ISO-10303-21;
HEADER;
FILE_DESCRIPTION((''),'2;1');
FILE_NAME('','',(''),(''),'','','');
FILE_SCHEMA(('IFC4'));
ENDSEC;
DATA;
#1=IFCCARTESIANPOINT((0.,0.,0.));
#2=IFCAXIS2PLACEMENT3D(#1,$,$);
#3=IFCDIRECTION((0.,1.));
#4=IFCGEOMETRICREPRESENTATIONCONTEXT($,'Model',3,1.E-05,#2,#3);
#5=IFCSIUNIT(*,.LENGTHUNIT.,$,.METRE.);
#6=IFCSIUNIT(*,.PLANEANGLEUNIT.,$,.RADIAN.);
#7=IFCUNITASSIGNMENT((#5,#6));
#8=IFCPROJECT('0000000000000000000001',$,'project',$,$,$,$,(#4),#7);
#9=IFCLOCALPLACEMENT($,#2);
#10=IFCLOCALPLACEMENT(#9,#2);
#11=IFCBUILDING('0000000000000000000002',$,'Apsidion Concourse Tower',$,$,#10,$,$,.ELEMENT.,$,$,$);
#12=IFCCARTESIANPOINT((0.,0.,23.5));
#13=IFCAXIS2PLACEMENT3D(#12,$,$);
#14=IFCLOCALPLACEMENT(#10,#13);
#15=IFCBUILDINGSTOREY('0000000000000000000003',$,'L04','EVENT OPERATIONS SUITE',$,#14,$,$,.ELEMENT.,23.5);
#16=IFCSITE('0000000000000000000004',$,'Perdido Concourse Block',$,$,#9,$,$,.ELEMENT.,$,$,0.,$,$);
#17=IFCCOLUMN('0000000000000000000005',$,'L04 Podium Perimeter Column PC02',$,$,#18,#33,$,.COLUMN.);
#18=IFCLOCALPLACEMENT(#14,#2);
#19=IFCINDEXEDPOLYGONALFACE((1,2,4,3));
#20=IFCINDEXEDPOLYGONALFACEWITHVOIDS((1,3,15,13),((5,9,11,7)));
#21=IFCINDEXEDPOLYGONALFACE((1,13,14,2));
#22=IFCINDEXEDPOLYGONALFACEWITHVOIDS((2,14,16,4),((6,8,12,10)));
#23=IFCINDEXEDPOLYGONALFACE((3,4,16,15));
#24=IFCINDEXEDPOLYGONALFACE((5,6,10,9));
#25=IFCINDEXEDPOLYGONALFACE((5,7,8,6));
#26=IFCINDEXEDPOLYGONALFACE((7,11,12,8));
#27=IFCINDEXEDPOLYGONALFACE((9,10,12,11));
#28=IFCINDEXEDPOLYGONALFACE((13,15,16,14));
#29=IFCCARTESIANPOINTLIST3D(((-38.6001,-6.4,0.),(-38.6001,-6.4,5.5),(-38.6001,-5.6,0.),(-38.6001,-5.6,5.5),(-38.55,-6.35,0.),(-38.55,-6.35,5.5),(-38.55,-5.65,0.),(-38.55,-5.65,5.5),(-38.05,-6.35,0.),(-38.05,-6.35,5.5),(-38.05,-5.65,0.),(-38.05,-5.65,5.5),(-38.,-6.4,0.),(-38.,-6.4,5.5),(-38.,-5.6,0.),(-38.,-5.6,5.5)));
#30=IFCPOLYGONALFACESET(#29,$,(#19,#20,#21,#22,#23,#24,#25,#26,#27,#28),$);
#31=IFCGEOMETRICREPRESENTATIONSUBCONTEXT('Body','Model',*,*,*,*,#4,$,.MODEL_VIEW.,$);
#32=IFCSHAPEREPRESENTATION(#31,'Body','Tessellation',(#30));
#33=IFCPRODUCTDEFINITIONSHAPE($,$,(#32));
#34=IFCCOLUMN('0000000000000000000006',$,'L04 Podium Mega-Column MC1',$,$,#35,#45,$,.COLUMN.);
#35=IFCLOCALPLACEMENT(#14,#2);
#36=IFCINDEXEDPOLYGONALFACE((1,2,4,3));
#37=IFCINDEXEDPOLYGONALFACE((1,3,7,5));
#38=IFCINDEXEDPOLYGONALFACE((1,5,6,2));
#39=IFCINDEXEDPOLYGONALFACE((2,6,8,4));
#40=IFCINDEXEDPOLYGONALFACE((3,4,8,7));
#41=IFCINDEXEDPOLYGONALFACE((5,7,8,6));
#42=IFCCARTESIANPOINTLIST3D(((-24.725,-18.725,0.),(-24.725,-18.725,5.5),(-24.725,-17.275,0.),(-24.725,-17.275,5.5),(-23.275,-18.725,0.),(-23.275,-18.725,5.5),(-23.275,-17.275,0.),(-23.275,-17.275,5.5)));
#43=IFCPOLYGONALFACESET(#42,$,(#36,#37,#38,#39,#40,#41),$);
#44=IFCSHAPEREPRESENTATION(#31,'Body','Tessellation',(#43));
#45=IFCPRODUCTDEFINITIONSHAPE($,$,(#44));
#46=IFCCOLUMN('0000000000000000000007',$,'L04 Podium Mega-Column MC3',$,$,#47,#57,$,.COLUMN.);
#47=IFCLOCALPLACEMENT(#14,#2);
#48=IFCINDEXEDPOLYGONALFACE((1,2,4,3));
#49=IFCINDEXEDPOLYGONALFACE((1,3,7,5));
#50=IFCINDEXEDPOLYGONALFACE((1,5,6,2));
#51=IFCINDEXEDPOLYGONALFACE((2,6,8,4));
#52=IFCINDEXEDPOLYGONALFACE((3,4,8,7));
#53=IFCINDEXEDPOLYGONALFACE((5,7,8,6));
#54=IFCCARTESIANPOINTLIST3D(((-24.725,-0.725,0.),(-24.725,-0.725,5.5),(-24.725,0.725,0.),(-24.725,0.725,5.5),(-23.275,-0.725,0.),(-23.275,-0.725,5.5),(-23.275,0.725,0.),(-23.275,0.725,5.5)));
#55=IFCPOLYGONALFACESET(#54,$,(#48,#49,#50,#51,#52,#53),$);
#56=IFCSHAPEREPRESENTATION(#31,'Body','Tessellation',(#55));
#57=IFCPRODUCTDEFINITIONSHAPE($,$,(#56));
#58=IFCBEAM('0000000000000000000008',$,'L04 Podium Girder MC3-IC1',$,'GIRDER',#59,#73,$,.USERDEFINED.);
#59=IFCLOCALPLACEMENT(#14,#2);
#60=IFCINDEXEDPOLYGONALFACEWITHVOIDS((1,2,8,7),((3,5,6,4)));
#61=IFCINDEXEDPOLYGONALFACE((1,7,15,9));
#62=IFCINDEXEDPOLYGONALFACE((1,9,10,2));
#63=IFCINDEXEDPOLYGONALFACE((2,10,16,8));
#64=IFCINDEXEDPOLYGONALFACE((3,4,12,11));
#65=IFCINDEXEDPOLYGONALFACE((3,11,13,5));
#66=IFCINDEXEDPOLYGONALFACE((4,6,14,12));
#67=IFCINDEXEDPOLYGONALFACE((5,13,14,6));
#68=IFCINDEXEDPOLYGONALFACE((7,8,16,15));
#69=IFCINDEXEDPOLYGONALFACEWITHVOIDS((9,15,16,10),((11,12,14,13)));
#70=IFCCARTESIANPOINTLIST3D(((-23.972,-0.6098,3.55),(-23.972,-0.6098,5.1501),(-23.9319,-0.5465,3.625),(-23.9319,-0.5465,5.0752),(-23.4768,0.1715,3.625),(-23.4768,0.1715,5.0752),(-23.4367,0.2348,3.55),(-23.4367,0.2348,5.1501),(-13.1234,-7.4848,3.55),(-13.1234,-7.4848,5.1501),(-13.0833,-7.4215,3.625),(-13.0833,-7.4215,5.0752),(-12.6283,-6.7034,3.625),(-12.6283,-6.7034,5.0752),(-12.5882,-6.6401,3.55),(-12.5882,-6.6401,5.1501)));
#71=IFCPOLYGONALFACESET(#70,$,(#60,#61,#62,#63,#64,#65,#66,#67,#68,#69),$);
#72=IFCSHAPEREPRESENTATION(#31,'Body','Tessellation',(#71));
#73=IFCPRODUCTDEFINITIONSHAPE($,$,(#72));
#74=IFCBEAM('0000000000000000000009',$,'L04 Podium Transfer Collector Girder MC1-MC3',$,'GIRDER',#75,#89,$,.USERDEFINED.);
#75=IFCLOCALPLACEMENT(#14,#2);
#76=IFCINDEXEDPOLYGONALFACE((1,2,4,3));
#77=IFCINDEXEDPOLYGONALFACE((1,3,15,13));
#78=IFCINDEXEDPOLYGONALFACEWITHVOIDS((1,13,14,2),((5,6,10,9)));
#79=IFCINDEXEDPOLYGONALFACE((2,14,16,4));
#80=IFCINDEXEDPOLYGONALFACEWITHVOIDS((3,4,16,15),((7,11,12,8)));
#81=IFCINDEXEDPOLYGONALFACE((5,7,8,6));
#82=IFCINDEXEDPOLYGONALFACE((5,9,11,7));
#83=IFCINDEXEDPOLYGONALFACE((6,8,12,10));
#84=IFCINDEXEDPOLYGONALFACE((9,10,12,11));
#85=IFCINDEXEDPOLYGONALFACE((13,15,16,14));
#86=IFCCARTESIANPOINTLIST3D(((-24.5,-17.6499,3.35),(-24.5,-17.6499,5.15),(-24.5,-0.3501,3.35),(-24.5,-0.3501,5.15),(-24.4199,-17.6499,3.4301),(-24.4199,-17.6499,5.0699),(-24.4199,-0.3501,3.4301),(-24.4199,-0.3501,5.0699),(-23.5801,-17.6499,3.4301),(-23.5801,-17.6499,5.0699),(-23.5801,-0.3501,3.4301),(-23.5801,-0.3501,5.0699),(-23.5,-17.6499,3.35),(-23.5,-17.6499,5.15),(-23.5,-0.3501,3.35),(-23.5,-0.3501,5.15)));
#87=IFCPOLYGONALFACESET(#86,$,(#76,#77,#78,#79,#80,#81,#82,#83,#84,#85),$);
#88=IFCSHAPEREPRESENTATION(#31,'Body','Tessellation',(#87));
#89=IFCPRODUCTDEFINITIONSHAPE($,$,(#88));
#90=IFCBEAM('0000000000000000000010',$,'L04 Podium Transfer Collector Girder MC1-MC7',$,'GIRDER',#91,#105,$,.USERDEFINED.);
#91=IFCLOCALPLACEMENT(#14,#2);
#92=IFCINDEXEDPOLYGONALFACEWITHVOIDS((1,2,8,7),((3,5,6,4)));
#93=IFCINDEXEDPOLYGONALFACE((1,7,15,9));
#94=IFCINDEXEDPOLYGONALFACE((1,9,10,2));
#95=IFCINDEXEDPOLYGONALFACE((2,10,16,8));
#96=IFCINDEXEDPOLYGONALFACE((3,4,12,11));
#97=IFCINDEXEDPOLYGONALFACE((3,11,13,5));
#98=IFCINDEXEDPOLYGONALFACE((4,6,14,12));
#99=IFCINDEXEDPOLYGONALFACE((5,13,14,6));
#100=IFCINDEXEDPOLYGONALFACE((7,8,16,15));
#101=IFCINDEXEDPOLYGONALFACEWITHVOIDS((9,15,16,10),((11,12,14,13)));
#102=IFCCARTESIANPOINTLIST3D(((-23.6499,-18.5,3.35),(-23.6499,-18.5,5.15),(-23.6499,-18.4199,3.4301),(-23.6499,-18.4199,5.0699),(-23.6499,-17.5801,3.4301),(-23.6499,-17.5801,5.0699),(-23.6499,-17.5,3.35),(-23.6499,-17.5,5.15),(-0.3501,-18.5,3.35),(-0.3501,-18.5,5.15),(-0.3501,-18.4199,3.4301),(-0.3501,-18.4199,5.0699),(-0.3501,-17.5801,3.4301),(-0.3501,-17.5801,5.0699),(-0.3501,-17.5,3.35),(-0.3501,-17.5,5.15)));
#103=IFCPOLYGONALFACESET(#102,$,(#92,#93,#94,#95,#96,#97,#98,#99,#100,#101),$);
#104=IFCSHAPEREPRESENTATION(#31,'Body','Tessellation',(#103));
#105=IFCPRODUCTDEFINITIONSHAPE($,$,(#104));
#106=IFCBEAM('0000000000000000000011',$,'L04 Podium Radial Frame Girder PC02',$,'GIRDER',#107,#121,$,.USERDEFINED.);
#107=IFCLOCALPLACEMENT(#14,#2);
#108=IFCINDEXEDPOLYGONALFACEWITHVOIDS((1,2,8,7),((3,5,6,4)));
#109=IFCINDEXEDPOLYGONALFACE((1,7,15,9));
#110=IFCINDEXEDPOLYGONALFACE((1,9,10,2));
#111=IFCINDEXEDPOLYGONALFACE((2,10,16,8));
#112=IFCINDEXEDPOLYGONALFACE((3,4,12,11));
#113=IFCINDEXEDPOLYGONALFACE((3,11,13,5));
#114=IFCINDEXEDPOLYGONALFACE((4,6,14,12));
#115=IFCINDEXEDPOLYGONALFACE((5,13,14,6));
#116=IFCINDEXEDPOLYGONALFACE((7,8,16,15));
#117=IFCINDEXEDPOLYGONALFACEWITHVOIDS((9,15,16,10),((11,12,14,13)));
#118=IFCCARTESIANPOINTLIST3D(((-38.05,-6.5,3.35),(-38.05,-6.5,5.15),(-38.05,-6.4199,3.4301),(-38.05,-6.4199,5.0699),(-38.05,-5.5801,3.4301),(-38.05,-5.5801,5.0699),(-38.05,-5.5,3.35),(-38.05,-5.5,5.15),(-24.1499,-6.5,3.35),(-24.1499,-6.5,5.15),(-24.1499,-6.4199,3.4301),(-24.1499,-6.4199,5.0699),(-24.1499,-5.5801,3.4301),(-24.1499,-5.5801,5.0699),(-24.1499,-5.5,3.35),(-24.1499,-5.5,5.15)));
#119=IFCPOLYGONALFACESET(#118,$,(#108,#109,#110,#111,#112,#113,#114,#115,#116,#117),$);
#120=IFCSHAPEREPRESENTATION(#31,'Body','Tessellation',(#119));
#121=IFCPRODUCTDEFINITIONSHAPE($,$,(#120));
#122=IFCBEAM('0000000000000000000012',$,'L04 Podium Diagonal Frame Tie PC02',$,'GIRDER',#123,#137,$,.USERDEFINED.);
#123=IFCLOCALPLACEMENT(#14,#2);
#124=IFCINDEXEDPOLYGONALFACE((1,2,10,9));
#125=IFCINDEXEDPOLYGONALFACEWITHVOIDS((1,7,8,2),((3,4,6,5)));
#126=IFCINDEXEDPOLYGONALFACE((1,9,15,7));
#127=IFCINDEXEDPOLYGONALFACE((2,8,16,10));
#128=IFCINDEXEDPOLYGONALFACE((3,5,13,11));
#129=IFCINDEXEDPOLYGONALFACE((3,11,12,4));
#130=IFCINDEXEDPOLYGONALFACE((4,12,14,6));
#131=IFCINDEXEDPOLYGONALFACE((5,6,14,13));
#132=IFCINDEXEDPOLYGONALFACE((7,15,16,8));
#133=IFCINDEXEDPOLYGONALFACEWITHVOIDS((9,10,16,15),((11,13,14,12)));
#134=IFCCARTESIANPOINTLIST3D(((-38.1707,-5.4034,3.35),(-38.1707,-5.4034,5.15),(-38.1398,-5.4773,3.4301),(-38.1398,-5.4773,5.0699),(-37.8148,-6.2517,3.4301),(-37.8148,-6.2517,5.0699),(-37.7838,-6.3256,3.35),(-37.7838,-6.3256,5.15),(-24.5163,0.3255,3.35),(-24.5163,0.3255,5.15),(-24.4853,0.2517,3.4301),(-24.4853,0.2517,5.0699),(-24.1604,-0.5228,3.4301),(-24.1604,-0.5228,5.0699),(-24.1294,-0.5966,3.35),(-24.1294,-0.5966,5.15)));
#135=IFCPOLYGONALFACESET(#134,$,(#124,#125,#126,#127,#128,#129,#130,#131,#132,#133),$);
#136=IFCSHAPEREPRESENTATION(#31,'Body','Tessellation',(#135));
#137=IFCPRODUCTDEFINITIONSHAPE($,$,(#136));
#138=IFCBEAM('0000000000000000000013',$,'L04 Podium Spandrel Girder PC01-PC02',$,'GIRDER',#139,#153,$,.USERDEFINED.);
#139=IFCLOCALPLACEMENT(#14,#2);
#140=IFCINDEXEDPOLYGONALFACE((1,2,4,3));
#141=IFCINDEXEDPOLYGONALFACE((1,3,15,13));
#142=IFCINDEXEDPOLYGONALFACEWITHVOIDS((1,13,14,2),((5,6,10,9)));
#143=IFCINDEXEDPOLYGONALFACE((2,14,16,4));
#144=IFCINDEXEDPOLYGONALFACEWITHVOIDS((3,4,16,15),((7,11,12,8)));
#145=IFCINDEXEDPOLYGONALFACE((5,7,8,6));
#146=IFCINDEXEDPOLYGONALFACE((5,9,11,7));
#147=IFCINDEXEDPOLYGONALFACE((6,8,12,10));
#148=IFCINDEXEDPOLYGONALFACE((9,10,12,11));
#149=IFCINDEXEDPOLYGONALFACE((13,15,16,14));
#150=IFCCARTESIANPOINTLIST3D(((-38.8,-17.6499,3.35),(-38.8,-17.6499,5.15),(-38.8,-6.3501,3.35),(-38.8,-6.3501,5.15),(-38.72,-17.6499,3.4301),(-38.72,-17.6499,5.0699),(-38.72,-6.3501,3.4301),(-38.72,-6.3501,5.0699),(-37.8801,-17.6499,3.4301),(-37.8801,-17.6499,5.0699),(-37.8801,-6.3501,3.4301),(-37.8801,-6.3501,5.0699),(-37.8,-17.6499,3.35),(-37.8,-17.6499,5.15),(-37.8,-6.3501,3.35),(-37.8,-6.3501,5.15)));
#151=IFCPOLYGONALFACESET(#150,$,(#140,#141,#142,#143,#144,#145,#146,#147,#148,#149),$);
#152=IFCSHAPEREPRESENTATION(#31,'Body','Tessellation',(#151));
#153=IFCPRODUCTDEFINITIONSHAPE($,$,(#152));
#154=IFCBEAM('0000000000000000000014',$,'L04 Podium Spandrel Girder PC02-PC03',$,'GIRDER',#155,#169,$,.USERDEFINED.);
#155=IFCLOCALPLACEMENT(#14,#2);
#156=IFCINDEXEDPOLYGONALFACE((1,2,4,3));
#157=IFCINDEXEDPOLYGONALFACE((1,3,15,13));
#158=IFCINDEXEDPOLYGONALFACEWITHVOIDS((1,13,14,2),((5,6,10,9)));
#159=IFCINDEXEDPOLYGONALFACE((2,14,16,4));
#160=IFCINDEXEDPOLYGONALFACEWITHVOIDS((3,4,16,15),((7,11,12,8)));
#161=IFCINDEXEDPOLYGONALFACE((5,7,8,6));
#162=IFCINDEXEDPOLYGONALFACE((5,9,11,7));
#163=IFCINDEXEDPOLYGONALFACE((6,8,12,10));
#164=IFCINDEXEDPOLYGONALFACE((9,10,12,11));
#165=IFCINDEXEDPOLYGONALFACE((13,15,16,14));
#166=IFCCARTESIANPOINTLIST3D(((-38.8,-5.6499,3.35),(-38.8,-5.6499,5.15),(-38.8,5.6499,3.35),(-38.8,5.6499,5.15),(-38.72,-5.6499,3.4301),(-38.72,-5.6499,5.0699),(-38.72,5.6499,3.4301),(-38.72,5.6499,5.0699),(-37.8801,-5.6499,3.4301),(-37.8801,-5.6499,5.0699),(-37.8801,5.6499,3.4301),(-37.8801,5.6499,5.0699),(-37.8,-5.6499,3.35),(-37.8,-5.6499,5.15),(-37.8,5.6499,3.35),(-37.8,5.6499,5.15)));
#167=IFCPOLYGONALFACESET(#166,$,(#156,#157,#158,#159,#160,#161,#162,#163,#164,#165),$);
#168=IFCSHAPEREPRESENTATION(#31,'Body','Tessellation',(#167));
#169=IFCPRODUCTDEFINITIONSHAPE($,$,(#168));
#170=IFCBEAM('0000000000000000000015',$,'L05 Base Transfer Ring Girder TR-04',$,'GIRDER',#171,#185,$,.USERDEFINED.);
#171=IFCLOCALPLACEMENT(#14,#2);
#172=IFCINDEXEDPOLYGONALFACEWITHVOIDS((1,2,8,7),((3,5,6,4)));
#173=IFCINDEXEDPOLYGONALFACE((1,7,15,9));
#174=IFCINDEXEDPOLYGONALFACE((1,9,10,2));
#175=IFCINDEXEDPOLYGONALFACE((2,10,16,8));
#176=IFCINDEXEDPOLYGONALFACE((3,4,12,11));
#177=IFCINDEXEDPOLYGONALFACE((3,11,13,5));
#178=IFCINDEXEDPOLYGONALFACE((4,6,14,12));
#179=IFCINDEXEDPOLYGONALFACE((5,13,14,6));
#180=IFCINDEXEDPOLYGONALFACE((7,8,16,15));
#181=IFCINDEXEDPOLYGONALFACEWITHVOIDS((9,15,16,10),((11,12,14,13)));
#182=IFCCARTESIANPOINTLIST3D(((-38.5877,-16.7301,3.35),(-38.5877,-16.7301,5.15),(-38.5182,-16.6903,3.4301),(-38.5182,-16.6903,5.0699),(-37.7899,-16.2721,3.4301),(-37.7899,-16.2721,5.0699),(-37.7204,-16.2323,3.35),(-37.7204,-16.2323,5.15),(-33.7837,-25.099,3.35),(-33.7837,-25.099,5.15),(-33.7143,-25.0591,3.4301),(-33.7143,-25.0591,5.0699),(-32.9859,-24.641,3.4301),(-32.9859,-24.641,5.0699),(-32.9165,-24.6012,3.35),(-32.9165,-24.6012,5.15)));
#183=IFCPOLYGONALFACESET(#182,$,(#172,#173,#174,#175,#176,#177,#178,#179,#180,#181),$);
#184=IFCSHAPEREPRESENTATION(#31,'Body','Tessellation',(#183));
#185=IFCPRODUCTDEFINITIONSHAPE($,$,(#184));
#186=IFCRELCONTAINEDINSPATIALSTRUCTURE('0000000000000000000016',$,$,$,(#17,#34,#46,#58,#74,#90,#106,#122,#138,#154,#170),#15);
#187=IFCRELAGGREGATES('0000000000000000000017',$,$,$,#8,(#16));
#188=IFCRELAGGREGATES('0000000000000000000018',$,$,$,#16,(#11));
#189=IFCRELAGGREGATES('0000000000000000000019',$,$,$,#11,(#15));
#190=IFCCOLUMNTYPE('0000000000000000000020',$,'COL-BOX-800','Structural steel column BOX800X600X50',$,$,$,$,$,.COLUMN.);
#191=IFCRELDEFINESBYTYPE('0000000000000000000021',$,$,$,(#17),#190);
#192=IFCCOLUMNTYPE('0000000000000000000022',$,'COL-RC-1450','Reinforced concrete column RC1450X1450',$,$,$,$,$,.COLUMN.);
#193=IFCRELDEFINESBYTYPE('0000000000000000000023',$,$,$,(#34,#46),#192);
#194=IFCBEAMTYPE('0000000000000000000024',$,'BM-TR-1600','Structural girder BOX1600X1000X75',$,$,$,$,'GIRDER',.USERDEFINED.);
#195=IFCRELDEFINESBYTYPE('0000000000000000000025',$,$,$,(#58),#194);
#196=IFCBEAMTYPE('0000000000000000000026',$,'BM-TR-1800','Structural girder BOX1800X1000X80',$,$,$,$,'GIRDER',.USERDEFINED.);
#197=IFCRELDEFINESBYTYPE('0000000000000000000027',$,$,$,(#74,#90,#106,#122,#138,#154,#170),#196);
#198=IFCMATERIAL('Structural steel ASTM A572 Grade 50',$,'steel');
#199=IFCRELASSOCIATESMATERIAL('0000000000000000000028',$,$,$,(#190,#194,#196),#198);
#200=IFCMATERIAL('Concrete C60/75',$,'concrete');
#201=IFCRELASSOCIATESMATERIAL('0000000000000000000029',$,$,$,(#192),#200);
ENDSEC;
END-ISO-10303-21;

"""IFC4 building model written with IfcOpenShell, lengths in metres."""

from ifc_helpers import new_model, si_unit, direction, frame, origin, origin_2d, place, context, subcontext, project, spatial, rectangle, hollow_rectangle, extrude, material, material_profile, profile_set, type_object, element, save


model = new_model("IFC4")

# Units and contexts
model_context = context("Model", 3, precision=1e-05, world=origin(), true_north=direction((0.0, 1.0)))
body_context = subcontext(model_context, "Body", "Model", "MODEL_VIEW")
ifc_project = project(units=[si_unit("LENGTHUNIT", "METRE"), si_unit("PLANEANGLEUNIT", "RADIAN")], contexts=[model_context])

# Site, building, storey
site_placement = place(None, origin())
site = spatial("IfcSite", under=ifc_project, at=site_placement, Name="Perdido Concourse Block", CompositionType="ELEMENT", RefElevation=0.0)
building_placement = place(site_placement, origin())
building = spatial("IfcBuilding", under=site, at=building_placement, Name="Apsidion Concourse Tower", CompositionType="ELEMENT")
storey_placement = place(building_placement, frame((0.0, 0.0, 23.5)))
storey = spatial("IfcBuildingStorey", under=building, at=storey_placement, Name="L04", Description="EVENT OPERATIONS SUITE", CompositionType="ELEMENT", Elevation=23.5)

# Columns
ifc_material_1 = material(Name="Structural steel ASTM A572 Grade 50", Category="steel")
ifc_material_profile_1 = material_profile(ifc_material_1, hollow_rectangle(XDim=0.6001, YDim=0.8, WallThickness=0.05, at=origin_2d()), Name="BOX800X600X50")
ifc_profile_set_1 = profile_set([ifc_material_profile_1], Name="Structural steel ASTM A572 Grade 50")
column_type_1 = type_object("IfcColumnType", Name="COL-BOX-800", Description="Structural steel column BOX800X600X50", PredefinedType="COLUMN", material=ifc_profile_set_1)
column_placement = place(storey_placement, frame((-38.3, -6.0, 0.0), z_axis=(0.0, 0.0, 1.0), x_axis=(1.0, 0.0, 0.0)))
element("IfcColumn", 1, at=column_placement, inside=storey, type_object=column_type_1, Name="L04 Podium Perimeter Column PC02", PredefinedType="COLUMN", context=body_context, shape_type="SweptSolid", body=[
    extrude(hollow_rectangle(XDim=0.6001, YDim=0.8, WallThickness=0.05, at=origin_2d()), origin(), (0.0, 0.0, 1.0), 5.5),
])
ifc_material_2 = material(Name="Concrete C60/75", Category="concrete")
ifc_material_profile_2 = material_profile(ifc_material_2, rectangle(XDim=1.45, YDim=1.45, at=origin_2d()), Name="RC 1450x1450")
ifc_profile_set_2 = profile_set([ifc_material_profile_2], Name="Concrete C60/75")
column_type_2 = type_object("IfcColumnType", Name="COL-RC-1450", Description="Reinforced concrete column RC1450X1450", PredefinedType="COLUMN", material=ifc_profile_set_2)
for number, where, z_axis, x_axis, name in (
    (2, (-24.0, -18.0, 0.0), (0.0, 0.0, 1.0), (1.0, 0.0, 0.0), "L04 Podium Mega-Column MC1"),
    (3, (-24.0, 0.0, 0.0), (0.0, 0.0, 1.0), (1.0, 0.0, 0.0), "L04 Podium Mega-Column MC3"),
):
    element("IfcColumn", number, at=place(storey_placement, frame(where, z_axis=z_axis, x_axis=x_axis)), inside=storey, type_object=column_type_2, Name=name, PredefinedType="COLUMN", context=body_context, shape_type="SweptSolid", body=[
        extrude(rectangle(XDim=1.45, YDim=1.45, at=origin_2d()), origin(), (0.0, 0.0, 1.0), 5.5),
    ])

# Beams
ifc_material_profile_3 = material_profile(ifc_material_1, hollow_rectangle(XDim=1.0, YDim=1.6001, WallThickness=0.075, at=origin_2d()), Name="BOX1600X1000X75")
ifc_profile_set_3 = profile_set([ifc_material_profile_3], Name="Structural steel ASTM A572 Grade 50")
beam_type_1 = type_object("IfcBeamType", Name="BM-TR-1600", Description="Structural girder BOX1600X1000X75", ElementType="GIRDER", PredefinedType="USERDEFINED", material=ifc_profile_set_3)
beam_1_placement = place(storey_placement, frame((-23.7043, -0.1875, 4.3501), z_axis=(0.844671, -0.535285, 0.0), x_axis=(0.535285, 0.844671, 0.0)))
element("IfcBeam", 4, at=beam_1_placement, inside=storey, type_object=beam_type_1, Name="L04 Podium Girder MC3-IC1", ObjectType="GIRDER", PredefinedType="USERDEFINED", context=body_context, shape_type="SweptSolid", body=[
    extrude(hollow_rectangle(XDim=1.0, YDim=1.6001, WallThickness=0.075, at=origin_2d()), origin(), (0.0, 0.0, 1.0), 12.8435),
])
ifc_material_profile_4 = material_profile(ifc_material_1, hollow_rectangle(XDim=1.0, YDim=1.8, WallThickness=0.0801, at=origin_2d()), Name="BOX1800X1000X80")
ifc_profile_set_4 = profile_set([ifc_material_profile_4], Name="Structural steel ASTM A572 Grade 50")
beam_type_2 = type_object("IfcBeamType", Name="BM-TR-1800", Description="Structural girder BOX1800X1000X80", ElementType="GIRDER", PredefinedType="USERDEFINED", material=ifc_profile_set_4)
beam_2_placement = place(storey_placement, frame((-24.0, -17.6499, 4.25), z_axis=(0.0, 1.0, 0.0), x_axis=(-1.0, 0.0, 0.0)))
element("IfcBeam", 5, at=beam_2_placement, inside=storey, type_object=beam_type_2, Name="L04 Podium Transfer Collector Girder MC1-MC3", ObjectType="GIRDER", PredefinedType="USERDEFINED", context=body_context, shape_type="SweptSolid", body=[
    extrude(hollow_rectangle(XDim=1.0, YDim=1.8, WallThickness=0.0801, at=origin_2d()), origin(), (0.0, 0.0, 1.0), 17.2998),
])
beam_3_placement = place(storey_placement, frame((-23.6499, -18.0, 4.25), z_axis=(1.0, 0.0, 0.0), x_axis=(0.0, 1.0, 0.0)))
element("IfcBeam", 6, at=beam_3_placement, inside=storey, type_object=beam_type_2, Name="L04 Podium Transfer Collector Girder MC1-MC7", ObjectType="GIRDER", PredefinedType="USERDEFINED", context=body_context, shape_type="SweptSolid", body=[
    extrude(hollow_rectangle(XDim=1.0, YDim=1.8, WallThickness=0.0801, at=origin_2d()), origin(), (0.0, 0.0, 1.0), 23.2998),
])
beam_4_placement = place(storey_placement, frame((-38.05, -6.0, 4.25), z_axis=(1.0, 0.0, 0.0), x_axis=(0.0, 1.0, 0.0)))
element("IfcBeam", 7, at=beam_4_placement, inside=storey, type_object=beam_type_2, Name="L04 Podium Radial Frame Girder PC02", ObjectType="GIRDER", PredefinedType="USERDEFINED", context=body_context, shape_type="SweptSolid", body=[
    extrude(hollow_rectangle(XDim=1.0, YDim=1.8, WallThickness=0.0801, at=origin_2d()), origin(), (0.0, 0.0, 1.0), 13.9001),
])
beam_5_placement = place(storey_placement, frame((-37.9773, -5.8645, 4.25), z_axis=(0.922124, 0.386894, 0.0), x_axis=(-0.386894, 0.922124, 0.0)))
element("IfcBeam", 8, at=beam_5_placement, inside=storey, type_object=beam_type_2, Name="L04 Podium Diagonal Frame Tie PC02", ObjectType="GIRDER", PredefinedType="USERDEFINED", context=body_context, shape_type="SweptSolid", body=[
    extrude(hollow_rectangle(XDim=1.0, YDim=1.8, WallThickness=0.0801, at=origin_2d()), origin(), (0.0, 0.0, 1.0), 14.8076),
])
for number, where, z_axis, x_axis, name in (
    (9, (-38.3, -17.6499, 4.25), (0.0, 1.0, 0.0), (-1.0, 0.0, 0.0), "L04 Podium Spandrel Girder PC01-PC02"),
    (10, (-38.3, -5.6499, 4.25), (0.0, 1.0, 0.0), (-1.0, 0.0, 0.0), "L04 Podium Spandrel Girder PC02-PC03"),
):
    element("IfcBeam", number, at=place(storey_placement, frame(where, z_axis=z_axis, x_axis=x_axis)), inside=storey, type_object=beam_type_2, Name=name, ObjectType="GIRDER", PredefinedType="USERDEFINED", context=body_context, shape_type="SweptSolid", body=[
        extrude(hollow_rectangle(XDim=1.0, YDim=1.8, WallThickness=0.0801, at=origin_2d()), origin(), (0.0, 0.0, 1.0), 11.2998),
    ])
beam_6_placement = place(storey_placement, frame((-38.1541, -16.4812, 4.25), z_axis=(0.497835, -0.867272, 0.0), x_axis=(0.867272, 0.497835, 0.0)))
element("IfcBeam", 11, at=beam_6_placement, inside=storey, type_object=beam_type_2, Name="L05 Base Transfer Ring Girder TR-04", ObjectType="GIRDER", PredefinedType="USERDEFINED", context=body_context, shape_type="SweptSolid", body=[
    extrude(hollow_rectangle(XDim=1.0, YDim=1.8, WallThickness=0.0801, at=origin_2d()), origin(), (0.0, 0.0, 1.0), 9.6497),
])

save(model, "model.ifc")
